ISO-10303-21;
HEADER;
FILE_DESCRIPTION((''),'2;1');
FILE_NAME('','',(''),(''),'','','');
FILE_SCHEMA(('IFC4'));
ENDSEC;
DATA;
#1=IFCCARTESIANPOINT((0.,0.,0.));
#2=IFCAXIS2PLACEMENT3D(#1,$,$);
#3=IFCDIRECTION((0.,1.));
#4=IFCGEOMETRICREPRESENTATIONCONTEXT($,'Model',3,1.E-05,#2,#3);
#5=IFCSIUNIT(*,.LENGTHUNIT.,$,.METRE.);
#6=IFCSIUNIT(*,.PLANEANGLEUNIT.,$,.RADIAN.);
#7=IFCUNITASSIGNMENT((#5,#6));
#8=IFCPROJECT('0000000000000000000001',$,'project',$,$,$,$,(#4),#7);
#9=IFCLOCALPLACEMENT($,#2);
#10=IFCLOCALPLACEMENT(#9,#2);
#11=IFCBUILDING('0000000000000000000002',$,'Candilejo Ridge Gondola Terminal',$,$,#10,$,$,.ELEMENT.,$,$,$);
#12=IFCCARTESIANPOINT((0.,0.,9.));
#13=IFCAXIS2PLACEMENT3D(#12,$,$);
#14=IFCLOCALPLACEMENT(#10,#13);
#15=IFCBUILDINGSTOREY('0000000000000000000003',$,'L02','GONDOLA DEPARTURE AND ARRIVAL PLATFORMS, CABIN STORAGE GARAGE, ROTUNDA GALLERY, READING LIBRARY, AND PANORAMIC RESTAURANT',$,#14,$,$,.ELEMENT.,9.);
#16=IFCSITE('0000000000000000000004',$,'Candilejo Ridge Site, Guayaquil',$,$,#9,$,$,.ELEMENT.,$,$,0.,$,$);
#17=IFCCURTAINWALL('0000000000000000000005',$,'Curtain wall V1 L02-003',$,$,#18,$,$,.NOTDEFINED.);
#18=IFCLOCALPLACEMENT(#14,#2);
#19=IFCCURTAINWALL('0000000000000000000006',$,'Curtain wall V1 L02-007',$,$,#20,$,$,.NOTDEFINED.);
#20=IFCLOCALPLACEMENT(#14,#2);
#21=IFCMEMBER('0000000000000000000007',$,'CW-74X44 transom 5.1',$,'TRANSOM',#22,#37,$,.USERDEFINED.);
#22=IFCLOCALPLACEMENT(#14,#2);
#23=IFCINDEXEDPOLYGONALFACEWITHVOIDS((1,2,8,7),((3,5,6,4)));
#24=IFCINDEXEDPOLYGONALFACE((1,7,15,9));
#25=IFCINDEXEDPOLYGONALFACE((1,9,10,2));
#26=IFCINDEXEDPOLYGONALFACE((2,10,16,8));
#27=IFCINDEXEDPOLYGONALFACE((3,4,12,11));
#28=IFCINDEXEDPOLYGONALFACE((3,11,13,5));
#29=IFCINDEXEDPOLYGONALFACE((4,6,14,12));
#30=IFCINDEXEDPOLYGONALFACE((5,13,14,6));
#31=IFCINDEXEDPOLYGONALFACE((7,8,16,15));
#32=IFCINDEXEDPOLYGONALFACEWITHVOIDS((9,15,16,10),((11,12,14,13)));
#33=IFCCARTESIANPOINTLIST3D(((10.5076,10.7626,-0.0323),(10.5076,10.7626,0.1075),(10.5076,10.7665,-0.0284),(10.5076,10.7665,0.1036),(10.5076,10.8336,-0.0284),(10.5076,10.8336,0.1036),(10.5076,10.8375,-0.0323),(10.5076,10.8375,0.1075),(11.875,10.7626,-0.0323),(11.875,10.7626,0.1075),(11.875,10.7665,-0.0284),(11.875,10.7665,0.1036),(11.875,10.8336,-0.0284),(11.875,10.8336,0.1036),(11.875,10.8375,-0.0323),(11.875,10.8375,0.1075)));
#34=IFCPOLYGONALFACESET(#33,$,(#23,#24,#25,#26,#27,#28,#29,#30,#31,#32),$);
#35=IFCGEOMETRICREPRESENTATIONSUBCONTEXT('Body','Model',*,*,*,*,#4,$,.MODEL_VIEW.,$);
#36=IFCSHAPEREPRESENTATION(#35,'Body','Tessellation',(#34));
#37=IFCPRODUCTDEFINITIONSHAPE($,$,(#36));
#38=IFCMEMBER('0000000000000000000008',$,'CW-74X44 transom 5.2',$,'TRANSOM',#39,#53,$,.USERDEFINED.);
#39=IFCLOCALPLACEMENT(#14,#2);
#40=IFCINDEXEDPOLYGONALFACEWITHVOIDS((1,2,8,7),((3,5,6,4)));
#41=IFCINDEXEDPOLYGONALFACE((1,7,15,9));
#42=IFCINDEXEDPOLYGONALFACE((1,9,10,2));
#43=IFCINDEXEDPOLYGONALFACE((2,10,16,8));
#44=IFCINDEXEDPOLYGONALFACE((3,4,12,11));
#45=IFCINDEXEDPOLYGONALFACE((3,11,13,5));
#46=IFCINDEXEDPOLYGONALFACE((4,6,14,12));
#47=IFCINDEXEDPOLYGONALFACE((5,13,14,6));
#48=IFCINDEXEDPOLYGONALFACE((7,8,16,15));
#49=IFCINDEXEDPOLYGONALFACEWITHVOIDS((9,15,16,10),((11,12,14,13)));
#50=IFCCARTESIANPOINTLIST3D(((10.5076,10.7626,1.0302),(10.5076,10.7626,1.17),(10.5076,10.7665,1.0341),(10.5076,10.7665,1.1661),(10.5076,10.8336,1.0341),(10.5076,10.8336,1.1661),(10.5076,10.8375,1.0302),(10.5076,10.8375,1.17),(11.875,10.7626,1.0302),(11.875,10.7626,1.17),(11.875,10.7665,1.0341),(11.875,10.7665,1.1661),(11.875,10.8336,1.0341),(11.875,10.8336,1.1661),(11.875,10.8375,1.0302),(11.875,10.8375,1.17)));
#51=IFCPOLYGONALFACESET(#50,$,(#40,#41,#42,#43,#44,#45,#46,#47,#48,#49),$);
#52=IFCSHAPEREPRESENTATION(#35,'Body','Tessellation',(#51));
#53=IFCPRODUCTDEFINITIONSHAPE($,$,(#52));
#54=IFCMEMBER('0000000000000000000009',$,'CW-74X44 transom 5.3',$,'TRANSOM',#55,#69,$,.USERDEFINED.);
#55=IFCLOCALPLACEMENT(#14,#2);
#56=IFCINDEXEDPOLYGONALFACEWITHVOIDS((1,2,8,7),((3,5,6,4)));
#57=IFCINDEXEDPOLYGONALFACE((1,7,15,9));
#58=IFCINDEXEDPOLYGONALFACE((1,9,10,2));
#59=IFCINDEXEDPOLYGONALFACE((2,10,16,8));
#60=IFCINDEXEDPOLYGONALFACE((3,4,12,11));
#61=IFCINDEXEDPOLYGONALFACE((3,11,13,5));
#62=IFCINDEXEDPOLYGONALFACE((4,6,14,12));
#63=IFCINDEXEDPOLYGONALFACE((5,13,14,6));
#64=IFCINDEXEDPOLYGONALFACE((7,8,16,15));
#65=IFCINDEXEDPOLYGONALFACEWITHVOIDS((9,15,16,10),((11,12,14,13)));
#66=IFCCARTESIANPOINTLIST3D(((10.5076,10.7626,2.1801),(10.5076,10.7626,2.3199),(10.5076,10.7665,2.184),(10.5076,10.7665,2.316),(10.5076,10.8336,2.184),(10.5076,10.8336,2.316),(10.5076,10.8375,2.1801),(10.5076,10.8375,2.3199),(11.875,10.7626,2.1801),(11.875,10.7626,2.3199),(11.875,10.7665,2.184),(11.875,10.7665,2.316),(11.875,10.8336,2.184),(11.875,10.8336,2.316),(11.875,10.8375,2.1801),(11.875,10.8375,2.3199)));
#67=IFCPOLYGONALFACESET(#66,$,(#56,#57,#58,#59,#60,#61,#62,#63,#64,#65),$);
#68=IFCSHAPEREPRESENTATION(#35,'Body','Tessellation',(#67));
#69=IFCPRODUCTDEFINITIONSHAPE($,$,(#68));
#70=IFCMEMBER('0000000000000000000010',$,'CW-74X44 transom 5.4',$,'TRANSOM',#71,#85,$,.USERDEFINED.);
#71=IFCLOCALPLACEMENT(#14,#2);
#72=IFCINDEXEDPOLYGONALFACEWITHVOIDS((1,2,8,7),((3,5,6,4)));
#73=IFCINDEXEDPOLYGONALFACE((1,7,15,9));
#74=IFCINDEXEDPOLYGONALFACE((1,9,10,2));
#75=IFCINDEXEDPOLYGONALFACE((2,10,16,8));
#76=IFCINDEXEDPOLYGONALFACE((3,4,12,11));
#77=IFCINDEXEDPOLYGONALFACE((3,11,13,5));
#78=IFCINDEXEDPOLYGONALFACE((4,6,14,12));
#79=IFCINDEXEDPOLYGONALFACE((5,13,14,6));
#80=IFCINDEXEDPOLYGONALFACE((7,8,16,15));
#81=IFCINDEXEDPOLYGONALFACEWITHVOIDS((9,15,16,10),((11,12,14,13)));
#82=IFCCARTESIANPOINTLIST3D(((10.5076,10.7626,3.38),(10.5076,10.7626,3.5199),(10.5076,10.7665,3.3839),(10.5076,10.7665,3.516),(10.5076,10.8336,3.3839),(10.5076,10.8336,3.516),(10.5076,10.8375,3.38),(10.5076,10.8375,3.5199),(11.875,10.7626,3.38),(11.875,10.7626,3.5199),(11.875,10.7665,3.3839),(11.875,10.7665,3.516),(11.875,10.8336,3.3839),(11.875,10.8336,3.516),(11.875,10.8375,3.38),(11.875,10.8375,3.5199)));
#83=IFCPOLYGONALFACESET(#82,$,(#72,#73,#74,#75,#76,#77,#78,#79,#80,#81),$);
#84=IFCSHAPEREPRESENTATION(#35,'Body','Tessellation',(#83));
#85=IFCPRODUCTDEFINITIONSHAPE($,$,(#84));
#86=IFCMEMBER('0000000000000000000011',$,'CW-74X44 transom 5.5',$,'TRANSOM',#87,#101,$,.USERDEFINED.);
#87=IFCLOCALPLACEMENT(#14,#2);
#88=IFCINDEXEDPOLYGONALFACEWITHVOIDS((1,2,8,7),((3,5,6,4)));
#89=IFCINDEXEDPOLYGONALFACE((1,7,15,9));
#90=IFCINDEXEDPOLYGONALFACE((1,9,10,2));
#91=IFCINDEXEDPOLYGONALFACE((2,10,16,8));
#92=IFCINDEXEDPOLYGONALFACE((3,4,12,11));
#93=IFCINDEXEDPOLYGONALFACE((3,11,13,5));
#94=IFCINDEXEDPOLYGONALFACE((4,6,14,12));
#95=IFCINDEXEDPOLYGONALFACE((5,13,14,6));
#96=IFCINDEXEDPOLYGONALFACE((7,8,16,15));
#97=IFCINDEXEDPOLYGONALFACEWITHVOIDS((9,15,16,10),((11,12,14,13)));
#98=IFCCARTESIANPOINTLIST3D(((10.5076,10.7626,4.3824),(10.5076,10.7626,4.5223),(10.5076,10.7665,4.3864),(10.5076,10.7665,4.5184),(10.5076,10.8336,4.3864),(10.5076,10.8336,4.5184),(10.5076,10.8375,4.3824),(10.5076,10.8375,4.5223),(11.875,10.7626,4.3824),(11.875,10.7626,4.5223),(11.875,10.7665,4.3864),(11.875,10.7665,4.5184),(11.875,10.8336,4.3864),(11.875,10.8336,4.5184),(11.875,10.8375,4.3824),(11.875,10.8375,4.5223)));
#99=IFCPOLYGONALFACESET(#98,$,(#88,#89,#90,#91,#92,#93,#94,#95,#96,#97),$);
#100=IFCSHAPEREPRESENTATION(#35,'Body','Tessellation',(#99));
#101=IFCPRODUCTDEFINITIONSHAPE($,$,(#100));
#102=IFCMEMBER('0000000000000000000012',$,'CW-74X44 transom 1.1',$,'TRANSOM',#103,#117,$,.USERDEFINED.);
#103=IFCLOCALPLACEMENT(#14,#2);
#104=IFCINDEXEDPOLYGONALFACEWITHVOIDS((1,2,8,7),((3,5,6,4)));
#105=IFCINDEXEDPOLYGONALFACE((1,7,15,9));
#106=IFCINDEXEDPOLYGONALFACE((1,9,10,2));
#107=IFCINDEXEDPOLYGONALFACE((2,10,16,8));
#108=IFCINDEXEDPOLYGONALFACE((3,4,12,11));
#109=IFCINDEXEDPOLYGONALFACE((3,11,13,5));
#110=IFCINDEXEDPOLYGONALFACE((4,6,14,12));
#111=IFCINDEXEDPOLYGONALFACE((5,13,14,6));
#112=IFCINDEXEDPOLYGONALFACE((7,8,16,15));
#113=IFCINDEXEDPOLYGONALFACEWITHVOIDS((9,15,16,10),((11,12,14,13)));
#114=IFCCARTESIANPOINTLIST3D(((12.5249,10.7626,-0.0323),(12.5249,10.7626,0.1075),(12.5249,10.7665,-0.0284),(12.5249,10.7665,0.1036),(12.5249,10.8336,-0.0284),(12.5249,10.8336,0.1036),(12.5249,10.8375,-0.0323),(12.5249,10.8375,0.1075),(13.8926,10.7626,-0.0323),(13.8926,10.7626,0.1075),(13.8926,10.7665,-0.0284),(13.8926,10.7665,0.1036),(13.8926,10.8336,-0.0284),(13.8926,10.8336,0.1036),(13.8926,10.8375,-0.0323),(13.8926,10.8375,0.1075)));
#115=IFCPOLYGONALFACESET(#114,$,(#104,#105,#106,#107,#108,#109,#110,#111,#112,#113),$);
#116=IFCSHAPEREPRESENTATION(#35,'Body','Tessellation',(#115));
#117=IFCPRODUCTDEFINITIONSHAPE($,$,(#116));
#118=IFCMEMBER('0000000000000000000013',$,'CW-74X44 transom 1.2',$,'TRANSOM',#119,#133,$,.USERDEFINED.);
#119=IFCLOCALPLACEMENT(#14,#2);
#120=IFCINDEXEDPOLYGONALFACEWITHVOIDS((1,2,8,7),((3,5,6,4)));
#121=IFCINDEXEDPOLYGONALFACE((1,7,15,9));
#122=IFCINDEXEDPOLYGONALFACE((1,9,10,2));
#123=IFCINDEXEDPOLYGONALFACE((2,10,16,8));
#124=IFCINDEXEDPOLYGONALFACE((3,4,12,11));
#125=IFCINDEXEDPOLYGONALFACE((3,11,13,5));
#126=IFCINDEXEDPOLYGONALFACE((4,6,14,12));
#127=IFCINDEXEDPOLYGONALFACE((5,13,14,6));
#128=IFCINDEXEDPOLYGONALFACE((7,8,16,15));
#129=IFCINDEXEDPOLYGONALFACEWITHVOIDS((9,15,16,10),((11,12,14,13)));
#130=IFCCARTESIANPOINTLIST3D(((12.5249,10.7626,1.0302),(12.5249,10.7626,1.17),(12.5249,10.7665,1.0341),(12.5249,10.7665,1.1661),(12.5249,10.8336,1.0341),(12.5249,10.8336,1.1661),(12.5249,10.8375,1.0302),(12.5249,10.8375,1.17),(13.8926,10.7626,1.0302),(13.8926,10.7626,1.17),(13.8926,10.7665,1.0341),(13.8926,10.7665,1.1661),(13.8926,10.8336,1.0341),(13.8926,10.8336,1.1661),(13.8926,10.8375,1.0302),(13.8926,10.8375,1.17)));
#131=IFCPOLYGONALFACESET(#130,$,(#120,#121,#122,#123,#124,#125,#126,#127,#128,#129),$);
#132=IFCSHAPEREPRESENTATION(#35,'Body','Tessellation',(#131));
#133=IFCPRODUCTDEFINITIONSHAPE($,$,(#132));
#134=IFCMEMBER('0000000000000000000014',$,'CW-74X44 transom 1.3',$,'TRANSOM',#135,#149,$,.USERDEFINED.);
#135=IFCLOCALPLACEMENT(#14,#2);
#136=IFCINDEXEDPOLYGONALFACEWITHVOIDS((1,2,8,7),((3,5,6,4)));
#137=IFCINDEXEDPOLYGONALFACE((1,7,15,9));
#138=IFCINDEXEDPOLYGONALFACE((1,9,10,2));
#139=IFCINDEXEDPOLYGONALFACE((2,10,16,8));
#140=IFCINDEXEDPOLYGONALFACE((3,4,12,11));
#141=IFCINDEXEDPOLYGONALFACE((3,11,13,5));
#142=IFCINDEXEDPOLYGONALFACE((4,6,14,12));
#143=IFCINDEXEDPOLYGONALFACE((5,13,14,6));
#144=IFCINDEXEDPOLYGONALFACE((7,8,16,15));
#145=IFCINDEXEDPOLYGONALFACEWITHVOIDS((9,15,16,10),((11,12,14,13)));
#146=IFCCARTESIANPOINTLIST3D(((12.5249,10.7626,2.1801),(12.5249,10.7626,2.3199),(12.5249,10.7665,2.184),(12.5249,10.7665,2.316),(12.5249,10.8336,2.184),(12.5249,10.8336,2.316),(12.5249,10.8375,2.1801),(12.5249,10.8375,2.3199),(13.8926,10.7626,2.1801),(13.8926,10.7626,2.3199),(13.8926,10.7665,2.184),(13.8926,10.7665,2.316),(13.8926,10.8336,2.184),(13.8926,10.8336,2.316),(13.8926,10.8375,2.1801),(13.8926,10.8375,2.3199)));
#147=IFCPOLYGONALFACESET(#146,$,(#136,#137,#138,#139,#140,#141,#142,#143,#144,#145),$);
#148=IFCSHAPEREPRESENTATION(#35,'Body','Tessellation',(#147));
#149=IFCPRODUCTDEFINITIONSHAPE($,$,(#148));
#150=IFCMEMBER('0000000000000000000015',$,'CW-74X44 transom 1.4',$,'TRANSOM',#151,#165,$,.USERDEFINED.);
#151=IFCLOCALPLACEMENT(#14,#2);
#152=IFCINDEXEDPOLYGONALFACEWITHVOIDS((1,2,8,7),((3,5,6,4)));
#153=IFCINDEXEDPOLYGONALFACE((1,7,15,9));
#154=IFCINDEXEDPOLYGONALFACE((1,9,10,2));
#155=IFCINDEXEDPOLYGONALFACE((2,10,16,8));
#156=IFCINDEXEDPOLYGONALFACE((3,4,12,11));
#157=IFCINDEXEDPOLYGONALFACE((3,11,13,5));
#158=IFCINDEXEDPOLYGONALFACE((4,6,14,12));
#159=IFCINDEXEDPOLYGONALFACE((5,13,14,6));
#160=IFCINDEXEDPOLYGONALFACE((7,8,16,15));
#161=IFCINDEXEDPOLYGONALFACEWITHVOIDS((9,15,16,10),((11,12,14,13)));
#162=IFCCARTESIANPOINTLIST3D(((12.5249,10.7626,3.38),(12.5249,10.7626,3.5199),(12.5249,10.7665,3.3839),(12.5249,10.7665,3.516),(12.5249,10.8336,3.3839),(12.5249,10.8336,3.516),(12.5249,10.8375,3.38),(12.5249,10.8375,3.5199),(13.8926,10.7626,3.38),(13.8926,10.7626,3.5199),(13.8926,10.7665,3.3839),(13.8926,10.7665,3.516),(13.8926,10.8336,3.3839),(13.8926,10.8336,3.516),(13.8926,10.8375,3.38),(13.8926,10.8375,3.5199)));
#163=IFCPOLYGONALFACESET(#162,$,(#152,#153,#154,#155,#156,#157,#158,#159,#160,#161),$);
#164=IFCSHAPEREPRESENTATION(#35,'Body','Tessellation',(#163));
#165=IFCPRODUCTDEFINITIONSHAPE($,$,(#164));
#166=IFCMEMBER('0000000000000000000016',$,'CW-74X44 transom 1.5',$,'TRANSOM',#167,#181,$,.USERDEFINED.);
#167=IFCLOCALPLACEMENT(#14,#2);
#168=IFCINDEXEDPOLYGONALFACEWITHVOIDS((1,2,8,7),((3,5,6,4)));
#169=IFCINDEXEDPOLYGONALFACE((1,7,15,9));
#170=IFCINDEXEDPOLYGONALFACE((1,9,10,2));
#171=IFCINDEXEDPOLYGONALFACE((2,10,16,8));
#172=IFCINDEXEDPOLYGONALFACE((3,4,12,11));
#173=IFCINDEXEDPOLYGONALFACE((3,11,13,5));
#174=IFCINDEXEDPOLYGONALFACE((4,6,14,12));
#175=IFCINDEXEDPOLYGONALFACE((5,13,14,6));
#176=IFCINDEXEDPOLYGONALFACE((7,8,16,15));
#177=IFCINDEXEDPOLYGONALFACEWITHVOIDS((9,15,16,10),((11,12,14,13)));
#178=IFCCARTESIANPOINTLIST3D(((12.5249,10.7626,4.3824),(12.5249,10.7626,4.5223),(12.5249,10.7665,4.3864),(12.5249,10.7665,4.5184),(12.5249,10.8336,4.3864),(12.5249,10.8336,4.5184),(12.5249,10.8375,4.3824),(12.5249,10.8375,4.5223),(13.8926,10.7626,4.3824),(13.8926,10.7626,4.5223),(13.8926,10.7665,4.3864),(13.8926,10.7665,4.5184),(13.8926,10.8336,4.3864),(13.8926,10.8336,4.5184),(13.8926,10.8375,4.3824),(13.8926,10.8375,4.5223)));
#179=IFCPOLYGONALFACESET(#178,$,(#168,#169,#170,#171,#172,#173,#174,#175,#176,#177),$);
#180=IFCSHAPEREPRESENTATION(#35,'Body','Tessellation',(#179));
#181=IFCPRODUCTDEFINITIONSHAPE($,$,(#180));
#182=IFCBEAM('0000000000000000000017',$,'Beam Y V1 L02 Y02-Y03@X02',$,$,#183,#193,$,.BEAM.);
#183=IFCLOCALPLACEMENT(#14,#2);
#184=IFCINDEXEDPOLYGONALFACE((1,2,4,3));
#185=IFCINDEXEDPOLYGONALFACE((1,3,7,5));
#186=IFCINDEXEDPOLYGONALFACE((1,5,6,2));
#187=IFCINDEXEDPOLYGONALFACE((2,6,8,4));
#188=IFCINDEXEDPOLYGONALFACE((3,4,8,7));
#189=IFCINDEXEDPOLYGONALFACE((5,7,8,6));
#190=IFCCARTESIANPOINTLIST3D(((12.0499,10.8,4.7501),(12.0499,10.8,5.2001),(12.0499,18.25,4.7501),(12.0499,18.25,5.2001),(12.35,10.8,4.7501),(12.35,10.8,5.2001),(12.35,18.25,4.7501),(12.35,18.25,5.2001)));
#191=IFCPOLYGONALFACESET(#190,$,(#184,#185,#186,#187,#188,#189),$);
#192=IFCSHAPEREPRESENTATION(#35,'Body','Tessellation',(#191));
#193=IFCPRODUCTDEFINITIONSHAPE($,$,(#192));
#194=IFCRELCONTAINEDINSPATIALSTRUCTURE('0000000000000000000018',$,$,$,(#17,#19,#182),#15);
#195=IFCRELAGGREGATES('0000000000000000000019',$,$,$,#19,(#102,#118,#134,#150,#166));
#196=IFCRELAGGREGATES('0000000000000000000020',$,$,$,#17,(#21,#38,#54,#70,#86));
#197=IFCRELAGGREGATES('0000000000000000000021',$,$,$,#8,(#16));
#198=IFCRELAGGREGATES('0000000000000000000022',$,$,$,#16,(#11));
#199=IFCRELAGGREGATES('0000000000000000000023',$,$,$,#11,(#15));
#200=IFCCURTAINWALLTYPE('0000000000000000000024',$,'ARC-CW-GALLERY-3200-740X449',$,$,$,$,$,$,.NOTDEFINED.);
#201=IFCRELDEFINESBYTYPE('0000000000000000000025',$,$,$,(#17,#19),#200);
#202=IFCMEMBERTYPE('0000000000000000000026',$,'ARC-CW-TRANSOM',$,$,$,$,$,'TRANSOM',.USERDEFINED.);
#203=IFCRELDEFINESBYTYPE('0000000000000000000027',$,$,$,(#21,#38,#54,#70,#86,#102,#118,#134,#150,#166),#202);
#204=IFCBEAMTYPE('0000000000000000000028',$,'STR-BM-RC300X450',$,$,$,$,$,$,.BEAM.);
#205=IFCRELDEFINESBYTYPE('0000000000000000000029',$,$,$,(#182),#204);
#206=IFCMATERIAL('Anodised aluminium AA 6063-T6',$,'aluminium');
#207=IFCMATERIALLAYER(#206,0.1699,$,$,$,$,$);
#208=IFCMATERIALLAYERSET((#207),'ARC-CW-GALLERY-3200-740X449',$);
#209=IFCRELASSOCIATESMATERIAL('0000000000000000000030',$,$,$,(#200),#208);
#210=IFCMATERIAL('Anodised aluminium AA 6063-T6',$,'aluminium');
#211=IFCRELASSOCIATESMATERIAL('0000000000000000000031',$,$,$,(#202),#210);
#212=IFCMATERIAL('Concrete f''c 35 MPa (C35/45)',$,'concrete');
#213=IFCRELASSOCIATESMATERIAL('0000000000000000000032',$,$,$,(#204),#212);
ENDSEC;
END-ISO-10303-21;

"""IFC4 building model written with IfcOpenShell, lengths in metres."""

from ifc_helpers import new_model, si_unit, direction, frame, origin, origin_2d, place, context, subcontext, project, spatial, rectangle, hollow_rectangle, extrude, material, layer, layer_set, material_profile, profile_set, type_object, element, aggregate, save


model = new_model("IFC4")

# Units and contexts
model_context = context("Model", 3, precision=1e-05, world=origin(), true_north=direction((0.0, 1.0)))
body_context = subcontext(model_context, "Body", "Model", "MODEL_VIEW")
ifc_project = project(units=[si_unit("LENGTHUNIT", "METRE"), si_unit("PLANEANGLEUNIT", "RADIAN")], contexts=[model_context])

# Site, building, storey
site_placement = place(None, origin())
site = spatial("IfcSite", under=ifc_project, at=site_placement, Name="Candilejo Ridge Site, Guayaquil", CompositionType="ELEMENT", RefElevation=0.0)
building_placement = place(site_placement, origin())
building = spatial("IfcBuilding", under=site, at=building_placement, Name="Candilejo Ridge Gondola Terminal", CompositionType="ELEMENT")
storey_placement = place(building_placement, frame((0.0, 0.0, 9.0)))
storey = spatial("IfcBuildingStorey", under=building, at=storey_placement, Name="L02", Description="GONDOLA DEPARTURE AND ARRIVAL PLATFORMS, CABIN STORAGE GARAGE, ROTUNDA GALLERY, READING LIBRARY, AND PANORAMIC RESTAURANT", CompositionType="ELEMENT", Elevation=9.0)

# Curtain wall
ifc_material_1 = material(Name="Anodised aluminium AA 6063-T6", Category="aluminium")
ifc_layer_1 = layer(ifc_material_1, 0.1699)
ifc_layer_set_1 = layer_set([ifc_layer_1], Name="ARC-CW-GALLERY-3200-740X449")
curtain_wall_type = type_object("IfcCurtainWallType", Name="ARC-CW-GALLERY-3200-740X449", PredefinedType="NOTDEFINED", material=ifc_layer_set_1)
curtain_wall_1_placement = place(storey_placement, origin())
curtain_wall_1 = element("IfcCurtainWall", 1, at=curtain_wall_1_placement, inside=storey, type_object=curtain_wall_type, Name="Curtain wall V1 L02-003", PredefinedType="NOTDEFINED")

# Curtain wall
curtain_wall_2_placement = place(storey_placement, origin())
curtain_wall_2 = element("IfcCurtainWall", 2, at=curtain_wall_2_placement, inside=storey, type_object=curtain_wall_type, Name="Curtain wall V1 L02-007", PredefinedType="NOTDEFINED")

# Members
ifc_material_2 = material(Name="Anodised aluminium AA 6063-T6", Category="aluminium")
ifc_material_profile_1 = material_profile(ifc_material_2, hollow_rectangle(XDim=0.075, YDim=0.1399, WallThickness=0.0039, at=origin_2d()))
ifc_profile_set_1 = profile_set([ifc_material_profile_1], Name="Anodised aluminium AA 6063-T6")
member_type_1 = type_object("IfcMemberType", Name="ARC-CW-TRANSOM", ElementType="TRANSOM", PredefinedType="USERDEFINED", material=ifc_profile_set_1)
member_1_placement = place(storey_placement, frame((10.5076, 10.8, 0.0376), z_axis=(1.0, 0.0, 0.0), x_axis=(0.0, 1.0, 0.0)))
member_1 = element("IfcMember", 3, at=member_1_placement, type_object=member_type_1, Name="CW-74X44 transom 5.1", ObjectType="TRANSOM", PredefinedType="USERDEFINED", context=body_context, shape_type="SweptSolid", body=[
    extrude(hollow_rectangle(XDim=0.075, YDim=0.1399, WallThickness=0.0039, at=origin_2d()), origin(), (0.0, 0.0, 1.0), 1.3674),
])
member_2_placement = place(storey_placement, frame((10.5076, 10.8, 1.1001), z_axis=(1.0, 0.0, 0.0), x_axis=(0.0, 1.0, 0.0)))
member_2 = element("IfcMember", 4, at=member_2_placement, type_object=member_type_1, Name="CW-74X44 transom 5.2", ObjectType="TRANSOM", PredefinedType="USERDEFINED", context=body_context, shape_type="SweptSolid", body=[
    extrude(hollow_rectangle(XDim=0.075, YDim=0.1399, WallThickness=0.0039, at=origin_2d()), origin(), (0.0, 0.0, 1.0), 1.3674),
])
member_3_placement = place(storey_placement, frame((10.5076, 10.8, 2.25), z_axis=(1.0, 0.0, 0.0), x_axis=(0.0, 1.0, 0.0)))
member_3 = element("IfcMember", 5, at=member_3_placement, type_object=member_type_1, Name="CW-74X44 transom 5.3", ObjectType="TRANSOM", PredefinedType="USERDEFINED", context=body_context, shape_type="SweptSolid", body=[
    extrude(hollow_rectangle(XDim=0.075, YDim=0.1399, WallThickness=0.0039, at=origin_2d()), origin(), (0.0, 0.0, 1.0), 1.3674),
])
member_4_placement = place(storey_placement, frame((10.5076, 10.8, 3.45), z_axis=(1.0, 0.0, 0.0), x_axis=(0.0, 1.0, 0.0)))
member_4 = element("IfcMember", 6, at=member_4_placement, type_object=member_type_1, Name="CW-74X44 transom 5.4", ObjectType="TRANSOM", PredefinedType="USERDEFINED", context=body_context, shape_type="SweptSolid", body=[
    extrude(hollow_rectangle(XDim=0.075, YDim=0.1399, WallThickness=0.0039, at=origin_2d()), origin(), (0.0, 0.0, 1.0), 1.3674),
])
member_5_placement = place(storey_placement, frame((10.5076, 10.8, 4.4524), z_axis=(1.0, 0.0, 0.0), x_axis=(0.0, 1.0, 0.0)))
member_5 = element("IfcMember", 7, at=member_5_placement, type_object=member_type_1, Name="CW-74X44 transom 5.5", ObjectType="TRANSOM", PredefinedType="USERDEFINED", context=body_context, shape_type="SweptSolid", body=[
    extrude(hollow_rectangle(XDim=0.075, YDim=0.1399, WallThickness=0.0039, at=origin_2d()), origin(), (0.0, 0.0, 1.0), 1.3674),
])
member_6_placement = place(storey_placement, frame((12.5249, 10.8, 0.0376), z_axis=(1.0, 0.0, 0.0), x_axis=(0.0, 1.0, 0.0)))
member_6 = element("IfcMember", 8, at=member_6_placement, type_object=member_type_1, Name="CW-74X44 transom 1.1", ObjectType="TRANSOM", PredefinedType="USERDEFINED", context=body_context, shape_type="SweptSolid", body=[
    extrude(hollow_rectangle(XDim=0.075, YDim=0.1399, WallThickness=0.0039, at=origin_2d()), origin(), (0.0, 0.0, 1.0), 1.3677),
])
member_7_placement = place(storey_placement, frame((12.5249, 10.8, 1.1001), z_axis=(1.0, 0.0, 0.0), x_axis=(0.0, 1.0, 0.0)))
member_7 = element("IfcMember", 9, at=member_7_placement, type_object=member_type_1, Name="CW-74X44 transom 1.2", ObjectType="TRANSOM", PredefinedType="USERDEFINED", context=body_context, shape_type="SweptSolid", body=[
    extrude(hollow_rectangle(XDim=0.075, YDim=0.1399, WallThickness=0.0039, at=origin_2d()), origin(), (0.0, 0.0, 1.0), 1.3677),
])
member_8_placement = place(storey_placement, frame((12.5249, 10.8, 2.25), z_axis=(1.0, 0.0, 0.0), x_axis=(0.0, 1.0, 0.0)))
member_8 = element("IfcMember", 10, at=member_8_placement, type_object=member_type_1, Name="CW-74X44 transom 1.3", ObjectType="TRANSOM", PredefinedType="USERDEFINED", context=body_context, shape_type="SweptSolid", body=[
    extrude(hollow_rectangle(XDim=0.075, YDim=0.1399, WallThickness=0.0039, at=origin_2d()), origin(), (0.0, 0.0, 1.0), 1.3677),
])
member_9_placement = place(storey_placement, frame((12.5249, 10.8, 3.45), z_axis=(1.0, 0.0, 0.0), x_axis=(0.0, 1.0, 0.0)))
member_9 = element("IfcMember", 11, at=member_9_placement, type_object=member_type_1, Name="CW-74X44 transom 1.4", ObjectType="TRANSOM", PredefinedType="USERDEFINED", context=body_context, shape_type="SweptSolid", body=[
    extrude(hollow_rectangle(XDim=0.075, YDim=0.1399, WallThickness=0.0039, at=origin_2d()), origin(), (0.0, 0.0, 1.0), 1.3677),
])
member_10_placement = place(storey_placement, frame((12.5249, 10.8, 4.4524), z_axis=(1.0, 0.0, 0.0), x_axis=(0.0, 1.0, 0.0)))
member_10 = element("IfcMember", 12, at=member_10_placement, type_object=member_type_1, Name="CW-74X44 transom 1.5", ObjectType="TRANSOM", PredefinedType="USERDEFINED", context=body_context, shape_type="SweptSolid", body=[
    extrude(hollow_rectangle(XDim=0.075, YDim=0.1399, WallThickness=0.0039, at=origin_2d()), origin(), (0.0, 0.0, 1.0), 1.3677),
])
aggregate(curtain_wall_2, [member_6, member_7, member_8, member_9, member_10])

# Beam
ifc_material_3 = material(Name="Concrete f'c 35 MPa (C35/45)", Category="concrete")
ifc_material_profile_2 = material_profile(ifc_material_3, rectangle(XDim=0.3, YDim=0.45, at=origin_2d()))
ifc_profile_set_2 = profile_set([ifc_material_profile_2], Name="Concrete f'c 35 MPa (C35/45)")
beam_type_1 = type_object("IfcBeamType", Name="STR-BM-RC300X450", PredefinedType="BEAM", material=ifc_profile_set_2)
beam_1_placement = place(storey_placement, frame((12.2, 10.8, 4.9751), z_axis=(0.0, 1.0, 0.0), x_axis=(-1.0, 0.0, 0.0)))
element("IfcBeam", 13, at=beam_1_placement, inside=storey, type_object=beam_type_1, Name="Beam Y V1 L02 Y02-Y03@X02", PredefinedType="BEAM", context=body_context, shape_type="SweptSolid", body=[
    extrude(rectangle(XDim=0.3, YDim=0.45, at=origin_2d()), origin(), (0.0, 0.0, 1.0), 7.45),
])

aggregate(curtain_wall_1, [member_1, member_2, member_3, member_4, member_5])

save(model, "model.ifc")
